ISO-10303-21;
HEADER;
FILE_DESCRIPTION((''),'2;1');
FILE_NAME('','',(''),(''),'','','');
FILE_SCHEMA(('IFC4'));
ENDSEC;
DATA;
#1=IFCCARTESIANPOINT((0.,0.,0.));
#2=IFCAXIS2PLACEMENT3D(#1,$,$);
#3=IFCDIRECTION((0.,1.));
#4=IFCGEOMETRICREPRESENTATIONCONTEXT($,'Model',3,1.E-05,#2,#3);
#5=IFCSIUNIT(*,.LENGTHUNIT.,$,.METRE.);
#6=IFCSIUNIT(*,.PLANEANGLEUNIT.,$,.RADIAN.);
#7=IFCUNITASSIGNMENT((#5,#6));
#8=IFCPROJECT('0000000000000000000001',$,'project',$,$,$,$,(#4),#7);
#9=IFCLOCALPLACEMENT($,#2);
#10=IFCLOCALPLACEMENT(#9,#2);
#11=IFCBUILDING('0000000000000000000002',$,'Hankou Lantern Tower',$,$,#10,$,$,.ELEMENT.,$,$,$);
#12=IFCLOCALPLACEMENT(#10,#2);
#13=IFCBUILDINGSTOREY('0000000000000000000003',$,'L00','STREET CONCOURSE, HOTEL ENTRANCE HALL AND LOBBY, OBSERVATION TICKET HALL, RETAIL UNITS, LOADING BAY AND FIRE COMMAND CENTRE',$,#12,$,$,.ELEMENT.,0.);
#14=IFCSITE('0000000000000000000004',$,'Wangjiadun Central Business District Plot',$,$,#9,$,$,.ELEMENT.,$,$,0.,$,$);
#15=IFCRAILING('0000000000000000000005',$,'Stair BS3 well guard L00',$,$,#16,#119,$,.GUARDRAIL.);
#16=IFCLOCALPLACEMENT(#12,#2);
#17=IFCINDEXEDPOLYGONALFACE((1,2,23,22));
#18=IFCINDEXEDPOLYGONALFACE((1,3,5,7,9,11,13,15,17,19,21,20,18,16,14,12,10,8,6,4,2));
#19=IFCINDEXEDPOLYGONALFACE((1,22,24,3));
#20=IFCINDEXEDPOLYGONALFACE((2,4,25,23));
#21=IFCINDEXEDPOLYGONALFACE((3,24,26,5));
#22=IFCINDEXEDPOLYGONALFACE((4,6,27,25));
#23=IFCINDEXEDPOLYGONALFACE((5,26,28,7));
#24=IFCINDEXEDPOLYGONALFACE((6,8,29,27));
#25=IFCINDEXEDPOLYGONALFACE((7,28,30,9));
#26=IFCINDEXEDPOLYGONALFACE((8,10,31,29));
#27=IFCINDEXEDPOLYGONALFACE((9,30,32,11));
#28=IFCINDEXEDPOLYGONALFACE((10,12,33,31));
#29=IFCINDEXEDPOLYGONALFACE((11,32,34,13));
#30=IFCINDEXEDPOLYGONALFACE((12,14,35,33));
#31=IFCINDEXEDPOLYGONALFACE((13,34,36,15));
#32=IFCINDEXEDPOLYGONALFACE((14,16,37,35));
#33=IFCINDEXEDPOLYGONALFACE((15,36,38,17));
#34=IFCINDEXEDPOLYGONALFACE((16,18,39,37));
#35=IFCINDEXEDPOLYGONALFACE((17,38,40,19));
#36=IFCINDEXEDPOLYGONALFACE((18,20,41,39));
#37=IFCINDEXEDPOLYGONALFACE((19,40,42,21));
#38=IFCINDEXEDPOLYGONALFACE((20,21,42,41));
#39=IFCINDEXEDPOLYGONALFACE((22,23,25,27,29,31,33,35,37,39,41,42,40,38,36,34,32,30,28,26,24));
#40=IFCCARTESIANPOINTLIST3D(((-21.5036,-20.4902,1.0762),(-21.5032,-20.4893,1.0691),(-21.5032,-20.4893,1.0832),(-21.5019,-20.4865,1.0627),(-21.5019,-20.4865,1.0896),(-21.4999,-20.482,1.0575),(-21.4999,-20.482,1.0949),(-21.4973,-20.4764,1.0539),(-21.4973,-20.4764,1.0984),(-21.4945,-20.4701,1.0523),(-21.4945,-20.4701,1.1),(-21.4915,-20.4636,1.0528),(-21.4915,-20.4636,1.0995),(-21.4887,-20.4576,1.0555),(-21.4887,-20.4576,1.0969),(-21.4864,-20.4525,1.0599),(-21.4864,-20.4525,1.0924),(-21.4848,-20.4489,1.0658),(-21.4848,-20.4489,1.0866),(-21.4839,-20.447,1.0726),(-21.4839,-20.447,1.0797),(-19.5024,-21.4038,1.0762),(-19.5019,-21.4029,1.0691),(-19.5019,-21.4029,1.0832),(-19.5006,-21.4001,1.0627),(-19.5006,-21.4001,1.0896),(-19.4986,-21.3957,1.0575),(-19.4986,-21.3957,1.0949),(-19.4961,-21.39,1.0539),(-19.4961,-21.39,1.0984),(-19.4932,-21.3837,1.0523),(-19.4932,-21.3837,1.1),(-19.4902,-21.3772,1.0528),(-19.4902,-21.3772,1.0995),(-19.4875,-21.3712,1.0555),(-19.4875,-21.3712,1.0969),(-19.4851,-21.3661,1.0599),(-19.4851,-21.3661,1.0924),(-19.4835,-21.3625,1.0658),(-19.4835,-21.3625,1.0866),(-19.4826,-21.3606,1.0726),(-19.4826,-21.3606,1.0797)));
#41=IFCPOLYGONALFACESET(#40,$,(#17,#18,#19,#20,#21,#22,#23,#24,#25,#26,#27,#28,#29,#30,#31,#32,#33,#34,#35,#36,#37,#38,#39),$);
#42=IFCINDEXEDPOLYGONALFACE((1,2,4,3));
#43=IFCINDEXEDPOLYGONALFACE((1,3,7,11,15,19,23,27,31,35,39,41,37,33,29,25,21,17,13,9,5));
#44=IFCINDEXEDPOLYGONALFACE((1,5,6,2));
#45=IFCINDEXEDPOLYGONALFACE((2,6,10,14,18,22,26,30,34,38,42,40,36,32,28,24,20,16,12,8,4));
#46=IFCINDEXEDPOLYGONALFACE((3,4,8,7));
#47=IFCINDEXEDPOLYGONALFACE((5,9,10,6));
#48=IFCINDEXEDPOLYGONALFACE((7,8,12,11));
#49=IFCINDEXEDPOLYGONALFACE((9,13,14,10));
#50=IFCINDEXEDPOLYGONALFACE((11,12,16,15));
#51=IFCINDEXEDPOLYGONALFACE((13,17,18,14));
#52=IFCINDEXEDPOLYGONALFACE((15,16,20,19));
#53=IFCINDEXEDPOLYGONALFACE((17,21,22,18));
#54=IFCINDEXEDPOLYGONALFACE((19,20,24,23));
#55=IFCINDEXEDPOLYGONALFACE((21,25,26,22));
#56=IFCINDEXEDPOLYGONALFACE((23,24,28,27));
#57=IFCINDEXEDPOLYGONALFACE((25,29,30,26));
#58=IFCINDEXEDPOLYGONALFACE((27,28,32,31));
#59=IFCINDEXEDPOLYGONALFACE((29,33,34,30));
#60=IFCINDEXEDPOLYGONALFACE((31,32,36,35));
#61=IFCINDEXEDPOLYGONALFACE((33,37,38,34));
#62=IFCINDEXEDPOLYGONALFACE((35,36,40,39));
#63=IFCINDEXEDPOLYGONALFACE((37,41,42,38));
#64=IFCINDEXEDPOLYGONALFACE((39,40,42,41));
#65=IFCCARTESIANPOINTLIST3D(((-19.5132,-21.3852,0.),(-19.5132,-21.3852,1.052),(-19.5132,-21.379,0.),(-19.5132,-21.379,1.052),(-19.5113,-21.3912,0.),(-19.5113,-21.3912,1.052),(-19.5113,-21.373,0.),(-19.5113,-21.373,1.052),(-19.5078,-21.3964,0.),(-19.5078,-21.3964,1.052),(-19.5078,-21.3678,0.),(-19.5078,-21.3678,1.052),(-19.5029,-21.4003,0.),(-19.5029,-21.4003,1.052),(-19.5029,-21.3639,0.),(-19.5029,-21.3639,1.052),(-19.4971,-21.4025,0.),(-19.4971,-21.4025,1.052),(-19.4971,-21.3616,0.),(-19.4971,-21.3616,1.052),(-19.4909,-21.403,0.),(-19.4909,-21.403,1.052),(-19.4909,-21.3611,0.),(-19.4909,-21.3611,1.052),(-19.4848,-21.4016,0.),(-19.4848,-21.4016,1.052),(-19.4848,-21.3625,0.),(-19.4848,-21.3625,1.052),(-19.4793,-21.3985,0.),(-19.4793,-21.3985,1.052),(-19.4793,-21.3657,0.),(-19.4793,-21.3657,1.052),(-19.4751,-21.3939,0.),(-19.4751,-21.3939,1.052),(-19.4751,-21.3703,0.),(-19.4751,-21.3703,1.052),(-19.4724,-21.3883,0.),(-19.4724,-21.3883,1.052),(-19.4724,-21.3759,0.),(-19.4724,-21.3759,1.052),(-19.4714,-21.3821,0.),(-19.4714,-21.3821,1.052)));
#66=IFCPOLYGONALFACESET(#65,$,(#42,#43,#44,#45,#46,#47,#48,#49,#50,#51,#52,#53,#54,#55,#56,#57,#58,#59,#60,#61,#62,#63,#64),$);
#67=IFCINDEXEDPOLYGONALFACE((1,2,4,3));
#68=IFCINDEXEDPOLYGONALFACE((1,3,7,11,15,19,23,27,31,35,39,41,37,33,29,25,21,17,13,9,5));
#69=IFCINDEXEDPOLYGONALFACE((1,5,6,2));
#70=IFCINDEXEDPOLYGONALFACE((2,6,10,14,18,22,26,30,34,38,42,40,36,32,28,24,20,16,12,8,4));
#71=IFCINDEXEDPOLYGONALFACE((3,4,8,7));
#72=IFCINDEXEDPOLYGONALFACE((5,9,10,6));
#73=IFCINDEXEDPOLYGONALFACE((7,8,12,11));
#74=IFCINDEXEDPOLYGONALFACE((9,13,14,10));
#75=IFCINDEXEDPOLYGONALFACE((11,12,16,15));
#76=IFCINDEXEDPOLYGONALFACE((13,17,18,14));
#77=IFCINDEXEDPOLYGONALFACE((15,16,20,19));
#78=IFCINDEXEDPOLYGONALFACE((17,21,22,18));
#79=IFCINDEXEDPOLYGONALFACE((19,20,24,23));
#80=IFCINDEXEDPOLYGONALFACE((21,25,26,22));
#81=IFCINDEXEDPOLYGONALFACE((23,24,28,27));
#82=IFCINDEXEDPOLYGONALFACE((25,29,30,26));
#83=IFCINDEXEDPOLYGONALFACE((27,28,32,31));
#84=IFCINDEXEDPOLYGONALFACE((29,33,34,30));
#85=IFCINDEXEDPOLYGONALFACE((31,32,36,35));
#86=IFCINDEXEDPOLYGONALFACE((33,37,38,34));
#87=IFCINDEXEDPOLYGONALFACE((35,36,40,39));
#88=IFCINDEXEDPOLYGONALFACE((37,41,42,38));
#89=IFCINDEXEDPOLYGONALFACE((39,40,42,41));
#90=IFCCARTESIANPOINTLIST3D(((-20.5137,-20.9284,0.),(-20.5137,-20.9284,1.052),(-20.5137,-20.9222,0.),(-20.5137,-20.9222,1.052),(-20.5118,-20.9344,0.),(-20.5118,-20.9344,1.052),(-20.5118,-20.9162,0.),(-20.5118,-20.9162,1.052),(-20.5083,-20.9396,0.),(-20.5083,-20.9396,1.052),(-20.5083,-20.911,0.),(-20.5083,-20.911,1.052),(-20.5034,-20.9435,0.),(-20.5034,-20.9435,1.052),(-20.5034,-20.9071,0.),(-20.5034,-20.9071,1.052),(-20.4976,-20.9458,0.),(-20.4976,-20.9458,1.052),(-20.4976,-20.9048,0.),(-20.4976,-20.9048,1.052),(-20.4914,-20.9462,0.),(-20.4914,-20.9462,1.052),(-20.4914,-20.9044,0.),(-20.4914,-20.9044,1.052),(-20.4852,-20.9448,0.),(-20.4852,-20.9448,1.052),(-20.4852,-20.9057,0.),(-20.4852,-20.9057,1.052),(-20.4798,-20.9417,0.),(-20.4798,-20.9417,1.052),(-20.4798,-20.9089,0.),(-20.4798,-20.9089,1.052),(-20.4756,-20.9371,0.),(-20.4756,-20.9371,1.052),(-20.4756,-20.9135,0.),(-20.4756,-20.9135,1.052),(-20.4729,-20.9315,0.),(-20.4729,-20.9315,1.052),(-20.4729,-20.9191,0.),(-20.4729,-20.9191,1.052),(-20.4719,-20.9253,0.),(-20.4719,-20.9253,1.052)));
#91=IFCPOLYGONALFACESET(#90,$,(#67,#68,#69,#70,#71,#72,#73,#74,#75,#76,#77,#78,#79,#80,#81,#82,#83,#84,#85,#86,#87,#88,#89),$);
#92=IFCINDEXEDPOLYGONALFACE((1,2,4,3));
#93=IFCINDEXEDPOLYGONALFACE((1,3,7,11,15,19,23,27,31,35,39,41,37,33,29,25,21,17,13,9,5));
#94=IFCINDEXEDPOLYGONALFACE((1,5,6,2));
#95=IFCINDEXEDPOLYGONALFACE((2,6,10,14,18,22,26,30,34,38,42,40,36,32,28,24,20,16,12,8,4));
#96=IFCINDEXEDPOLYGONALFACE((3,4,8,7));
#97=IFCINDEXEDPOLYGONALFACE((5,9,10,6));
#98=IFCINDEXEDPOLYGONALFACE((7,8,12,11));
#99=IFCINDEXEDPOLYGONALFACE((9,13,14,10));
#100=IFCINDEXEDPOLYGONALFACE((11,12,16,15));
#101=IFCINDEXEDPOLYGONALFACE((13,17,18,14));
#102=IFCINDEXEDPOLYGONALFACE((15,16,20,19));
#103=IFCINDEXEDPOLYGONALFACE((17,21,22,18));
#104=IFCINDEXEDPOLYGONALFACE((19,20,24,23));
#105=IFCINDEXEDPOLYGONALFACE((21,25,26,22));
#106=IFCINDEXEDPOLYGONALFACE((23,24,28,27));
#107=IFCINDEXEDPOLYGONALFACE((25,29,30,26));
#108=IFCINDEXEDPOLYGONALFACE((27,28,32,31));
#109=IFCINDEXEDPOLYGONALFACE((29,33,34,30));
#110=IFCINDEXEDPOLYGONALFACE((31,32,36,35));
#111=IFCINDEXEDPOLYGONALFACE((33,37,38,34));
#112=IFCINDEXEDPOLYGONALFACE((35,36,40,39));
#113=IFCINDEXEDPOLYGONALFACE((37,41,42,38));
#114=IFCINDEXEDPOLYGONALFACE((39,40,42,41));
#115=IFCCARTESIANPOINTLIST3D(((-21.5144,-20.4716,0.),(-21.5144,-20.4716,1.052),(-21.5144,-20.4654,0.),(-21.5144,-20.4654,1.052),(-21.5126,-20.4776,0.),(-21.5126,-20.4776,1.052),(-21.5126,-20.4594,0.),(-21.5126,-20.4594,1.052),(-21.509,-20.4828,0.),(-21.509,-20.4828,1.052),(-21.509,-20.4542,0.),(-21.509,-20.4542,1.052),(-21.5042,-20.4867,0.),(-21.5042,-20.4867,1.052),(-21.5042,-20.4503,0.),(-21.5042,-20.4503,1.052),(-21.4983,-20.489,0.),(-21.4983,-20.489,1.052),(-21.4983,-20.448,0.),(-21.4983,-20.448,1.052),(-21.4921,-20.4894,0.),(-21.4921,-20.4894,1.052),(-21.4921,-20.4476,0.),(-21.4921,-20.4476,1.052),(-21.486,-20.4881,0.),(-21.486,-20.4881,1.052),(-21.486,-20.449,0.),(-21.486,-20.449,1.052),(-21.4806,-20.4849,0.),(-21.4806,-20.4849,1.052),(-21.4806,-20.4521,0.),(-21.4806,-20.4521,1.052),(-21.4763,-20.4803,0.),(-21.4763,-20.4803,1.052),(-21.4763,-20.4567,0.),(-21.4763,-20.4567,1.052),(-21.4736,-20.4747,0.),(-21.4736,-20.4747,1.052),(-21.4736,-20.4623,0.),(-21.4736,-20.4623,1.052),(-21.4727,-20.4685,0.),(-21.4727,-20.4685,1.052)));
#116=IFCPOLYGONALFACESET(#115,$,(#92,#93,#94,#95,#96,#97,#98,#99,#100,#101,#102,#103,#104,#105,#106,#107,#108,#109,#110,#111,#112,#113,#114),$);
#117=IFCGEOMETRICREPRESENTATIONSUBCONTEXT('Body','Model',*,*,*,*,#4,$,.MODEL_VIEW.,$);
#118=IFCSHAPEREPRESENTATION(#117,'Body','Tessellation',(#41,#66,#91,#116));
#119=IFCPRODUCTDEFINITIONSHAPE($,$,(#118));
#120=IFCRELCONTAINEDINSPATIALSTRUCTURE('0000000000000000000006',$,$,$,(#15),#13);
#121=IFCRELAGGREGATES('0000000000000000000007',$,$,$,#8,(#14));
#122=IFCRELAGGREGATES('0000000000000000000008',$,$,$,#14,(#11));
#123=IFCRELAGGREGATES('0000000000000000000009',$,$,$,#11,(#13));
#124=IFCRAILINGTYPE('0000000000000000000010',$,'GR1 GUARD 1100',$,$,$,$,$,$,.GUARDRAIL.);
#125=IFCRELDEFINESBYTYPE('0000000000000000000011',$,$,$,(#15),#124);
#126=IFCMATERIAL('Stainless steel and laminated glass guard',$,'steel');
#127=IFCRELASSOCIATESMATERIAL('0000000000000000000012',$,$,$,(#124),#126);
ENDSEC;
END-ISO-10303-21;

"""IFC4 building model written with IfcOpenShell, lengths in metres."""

from ifc_helpers import new_model, si_unit, direction, frame, origin, origin_2d, place, context, subcontext, project, spatial, circle, extrude, material, type_object, element, save


model = new_model("IFC4")

# Units and contexts
model_context = context("Model", 3, precision=1e-05, world=origin(), true_north=direction((0.0, 1.0)))
body_context = subcontext(model_context, "Body", "Model", "MODEL_VIEW")
ifc_project = project(units=[si_unit("LENGTHUNIT", "METRE"), si_unit("PLANEANGLEUNIT", "RADIAN")], contexts=[model_context])

# Site, building, storey
site_placement = place(None, origin())
site = spatial("IfcSite", under=ifc_project, at=site_placement, Name="Wangjiadun Central Business District Plot", CompositionType="ELEMENT", RefElevation=0.0)
building_placement = place(site_placement, origin())
building = spatial("IfcBuilding", under=site, at=building_placement, Name="Hankou Lantern Tower", CompositionType="ELEMENT")
storey_placement = place(building_placement, origin())
storey = spatial("IfcBuildingStorey", under=building, at=storey_placement, Name="L00", Description="STREET CONCOURSE, HOTEL ENTRANCE HALL AND LOBBY, OBSERVATION TICKET HALL, RETAIL UNITS, LOADING BAY AND FIRE COMMAND CENTRE", CompositionType="ELEMENT", Elevation=0.0)

# Railing
ifc_material_1 = material(Name="Stainless steel and laminated glass guard", Category="steel")
railing_type = type_object("IfcRailingType", Name="GR1 GUARD 1100", PredefinedType="GUARDRAIL", material=ifc_material_1)
railing_placement = place(storey_placement, frame((-19.4924, -21.3821, 0.0)))
element("IfcRailing", 1, at=railing_placement, inside=storey, type_object=railing_type, Name="Stair BS3 well guard L00", PredefinedType="GUARDRAIL", context=body_context, shape_type="SweptSolid", body=[
    extrude(circle(Radius=0.0239, at=origin_2d()), frame((0.0, 0.0, 1.0762), z_axis=(-0.909693, 0.415282, 0.0), x_axis=(-0.415282, -0.909693, 0.0)), (0.0, 0.0, 1.0), 2.2),
    extrude(circle(Radius=0.021, at=origin_2d()), origin(), (0.0, 0.0, 1.0), 1.052),
    extrude(circle(Radius=0.021, at=origin_2d()), frame((-1.0005, 0.4568, 0.0)), (0.0, 0.0, 1.0), 1.052),
    extrude(circle(Radius=0.021, at=origin_2d()), frame((-2.0012, 0.9136, 0.0)), (0.0, 0.0, 1.0), 1.052),
])

save(model, "model.ifc")
